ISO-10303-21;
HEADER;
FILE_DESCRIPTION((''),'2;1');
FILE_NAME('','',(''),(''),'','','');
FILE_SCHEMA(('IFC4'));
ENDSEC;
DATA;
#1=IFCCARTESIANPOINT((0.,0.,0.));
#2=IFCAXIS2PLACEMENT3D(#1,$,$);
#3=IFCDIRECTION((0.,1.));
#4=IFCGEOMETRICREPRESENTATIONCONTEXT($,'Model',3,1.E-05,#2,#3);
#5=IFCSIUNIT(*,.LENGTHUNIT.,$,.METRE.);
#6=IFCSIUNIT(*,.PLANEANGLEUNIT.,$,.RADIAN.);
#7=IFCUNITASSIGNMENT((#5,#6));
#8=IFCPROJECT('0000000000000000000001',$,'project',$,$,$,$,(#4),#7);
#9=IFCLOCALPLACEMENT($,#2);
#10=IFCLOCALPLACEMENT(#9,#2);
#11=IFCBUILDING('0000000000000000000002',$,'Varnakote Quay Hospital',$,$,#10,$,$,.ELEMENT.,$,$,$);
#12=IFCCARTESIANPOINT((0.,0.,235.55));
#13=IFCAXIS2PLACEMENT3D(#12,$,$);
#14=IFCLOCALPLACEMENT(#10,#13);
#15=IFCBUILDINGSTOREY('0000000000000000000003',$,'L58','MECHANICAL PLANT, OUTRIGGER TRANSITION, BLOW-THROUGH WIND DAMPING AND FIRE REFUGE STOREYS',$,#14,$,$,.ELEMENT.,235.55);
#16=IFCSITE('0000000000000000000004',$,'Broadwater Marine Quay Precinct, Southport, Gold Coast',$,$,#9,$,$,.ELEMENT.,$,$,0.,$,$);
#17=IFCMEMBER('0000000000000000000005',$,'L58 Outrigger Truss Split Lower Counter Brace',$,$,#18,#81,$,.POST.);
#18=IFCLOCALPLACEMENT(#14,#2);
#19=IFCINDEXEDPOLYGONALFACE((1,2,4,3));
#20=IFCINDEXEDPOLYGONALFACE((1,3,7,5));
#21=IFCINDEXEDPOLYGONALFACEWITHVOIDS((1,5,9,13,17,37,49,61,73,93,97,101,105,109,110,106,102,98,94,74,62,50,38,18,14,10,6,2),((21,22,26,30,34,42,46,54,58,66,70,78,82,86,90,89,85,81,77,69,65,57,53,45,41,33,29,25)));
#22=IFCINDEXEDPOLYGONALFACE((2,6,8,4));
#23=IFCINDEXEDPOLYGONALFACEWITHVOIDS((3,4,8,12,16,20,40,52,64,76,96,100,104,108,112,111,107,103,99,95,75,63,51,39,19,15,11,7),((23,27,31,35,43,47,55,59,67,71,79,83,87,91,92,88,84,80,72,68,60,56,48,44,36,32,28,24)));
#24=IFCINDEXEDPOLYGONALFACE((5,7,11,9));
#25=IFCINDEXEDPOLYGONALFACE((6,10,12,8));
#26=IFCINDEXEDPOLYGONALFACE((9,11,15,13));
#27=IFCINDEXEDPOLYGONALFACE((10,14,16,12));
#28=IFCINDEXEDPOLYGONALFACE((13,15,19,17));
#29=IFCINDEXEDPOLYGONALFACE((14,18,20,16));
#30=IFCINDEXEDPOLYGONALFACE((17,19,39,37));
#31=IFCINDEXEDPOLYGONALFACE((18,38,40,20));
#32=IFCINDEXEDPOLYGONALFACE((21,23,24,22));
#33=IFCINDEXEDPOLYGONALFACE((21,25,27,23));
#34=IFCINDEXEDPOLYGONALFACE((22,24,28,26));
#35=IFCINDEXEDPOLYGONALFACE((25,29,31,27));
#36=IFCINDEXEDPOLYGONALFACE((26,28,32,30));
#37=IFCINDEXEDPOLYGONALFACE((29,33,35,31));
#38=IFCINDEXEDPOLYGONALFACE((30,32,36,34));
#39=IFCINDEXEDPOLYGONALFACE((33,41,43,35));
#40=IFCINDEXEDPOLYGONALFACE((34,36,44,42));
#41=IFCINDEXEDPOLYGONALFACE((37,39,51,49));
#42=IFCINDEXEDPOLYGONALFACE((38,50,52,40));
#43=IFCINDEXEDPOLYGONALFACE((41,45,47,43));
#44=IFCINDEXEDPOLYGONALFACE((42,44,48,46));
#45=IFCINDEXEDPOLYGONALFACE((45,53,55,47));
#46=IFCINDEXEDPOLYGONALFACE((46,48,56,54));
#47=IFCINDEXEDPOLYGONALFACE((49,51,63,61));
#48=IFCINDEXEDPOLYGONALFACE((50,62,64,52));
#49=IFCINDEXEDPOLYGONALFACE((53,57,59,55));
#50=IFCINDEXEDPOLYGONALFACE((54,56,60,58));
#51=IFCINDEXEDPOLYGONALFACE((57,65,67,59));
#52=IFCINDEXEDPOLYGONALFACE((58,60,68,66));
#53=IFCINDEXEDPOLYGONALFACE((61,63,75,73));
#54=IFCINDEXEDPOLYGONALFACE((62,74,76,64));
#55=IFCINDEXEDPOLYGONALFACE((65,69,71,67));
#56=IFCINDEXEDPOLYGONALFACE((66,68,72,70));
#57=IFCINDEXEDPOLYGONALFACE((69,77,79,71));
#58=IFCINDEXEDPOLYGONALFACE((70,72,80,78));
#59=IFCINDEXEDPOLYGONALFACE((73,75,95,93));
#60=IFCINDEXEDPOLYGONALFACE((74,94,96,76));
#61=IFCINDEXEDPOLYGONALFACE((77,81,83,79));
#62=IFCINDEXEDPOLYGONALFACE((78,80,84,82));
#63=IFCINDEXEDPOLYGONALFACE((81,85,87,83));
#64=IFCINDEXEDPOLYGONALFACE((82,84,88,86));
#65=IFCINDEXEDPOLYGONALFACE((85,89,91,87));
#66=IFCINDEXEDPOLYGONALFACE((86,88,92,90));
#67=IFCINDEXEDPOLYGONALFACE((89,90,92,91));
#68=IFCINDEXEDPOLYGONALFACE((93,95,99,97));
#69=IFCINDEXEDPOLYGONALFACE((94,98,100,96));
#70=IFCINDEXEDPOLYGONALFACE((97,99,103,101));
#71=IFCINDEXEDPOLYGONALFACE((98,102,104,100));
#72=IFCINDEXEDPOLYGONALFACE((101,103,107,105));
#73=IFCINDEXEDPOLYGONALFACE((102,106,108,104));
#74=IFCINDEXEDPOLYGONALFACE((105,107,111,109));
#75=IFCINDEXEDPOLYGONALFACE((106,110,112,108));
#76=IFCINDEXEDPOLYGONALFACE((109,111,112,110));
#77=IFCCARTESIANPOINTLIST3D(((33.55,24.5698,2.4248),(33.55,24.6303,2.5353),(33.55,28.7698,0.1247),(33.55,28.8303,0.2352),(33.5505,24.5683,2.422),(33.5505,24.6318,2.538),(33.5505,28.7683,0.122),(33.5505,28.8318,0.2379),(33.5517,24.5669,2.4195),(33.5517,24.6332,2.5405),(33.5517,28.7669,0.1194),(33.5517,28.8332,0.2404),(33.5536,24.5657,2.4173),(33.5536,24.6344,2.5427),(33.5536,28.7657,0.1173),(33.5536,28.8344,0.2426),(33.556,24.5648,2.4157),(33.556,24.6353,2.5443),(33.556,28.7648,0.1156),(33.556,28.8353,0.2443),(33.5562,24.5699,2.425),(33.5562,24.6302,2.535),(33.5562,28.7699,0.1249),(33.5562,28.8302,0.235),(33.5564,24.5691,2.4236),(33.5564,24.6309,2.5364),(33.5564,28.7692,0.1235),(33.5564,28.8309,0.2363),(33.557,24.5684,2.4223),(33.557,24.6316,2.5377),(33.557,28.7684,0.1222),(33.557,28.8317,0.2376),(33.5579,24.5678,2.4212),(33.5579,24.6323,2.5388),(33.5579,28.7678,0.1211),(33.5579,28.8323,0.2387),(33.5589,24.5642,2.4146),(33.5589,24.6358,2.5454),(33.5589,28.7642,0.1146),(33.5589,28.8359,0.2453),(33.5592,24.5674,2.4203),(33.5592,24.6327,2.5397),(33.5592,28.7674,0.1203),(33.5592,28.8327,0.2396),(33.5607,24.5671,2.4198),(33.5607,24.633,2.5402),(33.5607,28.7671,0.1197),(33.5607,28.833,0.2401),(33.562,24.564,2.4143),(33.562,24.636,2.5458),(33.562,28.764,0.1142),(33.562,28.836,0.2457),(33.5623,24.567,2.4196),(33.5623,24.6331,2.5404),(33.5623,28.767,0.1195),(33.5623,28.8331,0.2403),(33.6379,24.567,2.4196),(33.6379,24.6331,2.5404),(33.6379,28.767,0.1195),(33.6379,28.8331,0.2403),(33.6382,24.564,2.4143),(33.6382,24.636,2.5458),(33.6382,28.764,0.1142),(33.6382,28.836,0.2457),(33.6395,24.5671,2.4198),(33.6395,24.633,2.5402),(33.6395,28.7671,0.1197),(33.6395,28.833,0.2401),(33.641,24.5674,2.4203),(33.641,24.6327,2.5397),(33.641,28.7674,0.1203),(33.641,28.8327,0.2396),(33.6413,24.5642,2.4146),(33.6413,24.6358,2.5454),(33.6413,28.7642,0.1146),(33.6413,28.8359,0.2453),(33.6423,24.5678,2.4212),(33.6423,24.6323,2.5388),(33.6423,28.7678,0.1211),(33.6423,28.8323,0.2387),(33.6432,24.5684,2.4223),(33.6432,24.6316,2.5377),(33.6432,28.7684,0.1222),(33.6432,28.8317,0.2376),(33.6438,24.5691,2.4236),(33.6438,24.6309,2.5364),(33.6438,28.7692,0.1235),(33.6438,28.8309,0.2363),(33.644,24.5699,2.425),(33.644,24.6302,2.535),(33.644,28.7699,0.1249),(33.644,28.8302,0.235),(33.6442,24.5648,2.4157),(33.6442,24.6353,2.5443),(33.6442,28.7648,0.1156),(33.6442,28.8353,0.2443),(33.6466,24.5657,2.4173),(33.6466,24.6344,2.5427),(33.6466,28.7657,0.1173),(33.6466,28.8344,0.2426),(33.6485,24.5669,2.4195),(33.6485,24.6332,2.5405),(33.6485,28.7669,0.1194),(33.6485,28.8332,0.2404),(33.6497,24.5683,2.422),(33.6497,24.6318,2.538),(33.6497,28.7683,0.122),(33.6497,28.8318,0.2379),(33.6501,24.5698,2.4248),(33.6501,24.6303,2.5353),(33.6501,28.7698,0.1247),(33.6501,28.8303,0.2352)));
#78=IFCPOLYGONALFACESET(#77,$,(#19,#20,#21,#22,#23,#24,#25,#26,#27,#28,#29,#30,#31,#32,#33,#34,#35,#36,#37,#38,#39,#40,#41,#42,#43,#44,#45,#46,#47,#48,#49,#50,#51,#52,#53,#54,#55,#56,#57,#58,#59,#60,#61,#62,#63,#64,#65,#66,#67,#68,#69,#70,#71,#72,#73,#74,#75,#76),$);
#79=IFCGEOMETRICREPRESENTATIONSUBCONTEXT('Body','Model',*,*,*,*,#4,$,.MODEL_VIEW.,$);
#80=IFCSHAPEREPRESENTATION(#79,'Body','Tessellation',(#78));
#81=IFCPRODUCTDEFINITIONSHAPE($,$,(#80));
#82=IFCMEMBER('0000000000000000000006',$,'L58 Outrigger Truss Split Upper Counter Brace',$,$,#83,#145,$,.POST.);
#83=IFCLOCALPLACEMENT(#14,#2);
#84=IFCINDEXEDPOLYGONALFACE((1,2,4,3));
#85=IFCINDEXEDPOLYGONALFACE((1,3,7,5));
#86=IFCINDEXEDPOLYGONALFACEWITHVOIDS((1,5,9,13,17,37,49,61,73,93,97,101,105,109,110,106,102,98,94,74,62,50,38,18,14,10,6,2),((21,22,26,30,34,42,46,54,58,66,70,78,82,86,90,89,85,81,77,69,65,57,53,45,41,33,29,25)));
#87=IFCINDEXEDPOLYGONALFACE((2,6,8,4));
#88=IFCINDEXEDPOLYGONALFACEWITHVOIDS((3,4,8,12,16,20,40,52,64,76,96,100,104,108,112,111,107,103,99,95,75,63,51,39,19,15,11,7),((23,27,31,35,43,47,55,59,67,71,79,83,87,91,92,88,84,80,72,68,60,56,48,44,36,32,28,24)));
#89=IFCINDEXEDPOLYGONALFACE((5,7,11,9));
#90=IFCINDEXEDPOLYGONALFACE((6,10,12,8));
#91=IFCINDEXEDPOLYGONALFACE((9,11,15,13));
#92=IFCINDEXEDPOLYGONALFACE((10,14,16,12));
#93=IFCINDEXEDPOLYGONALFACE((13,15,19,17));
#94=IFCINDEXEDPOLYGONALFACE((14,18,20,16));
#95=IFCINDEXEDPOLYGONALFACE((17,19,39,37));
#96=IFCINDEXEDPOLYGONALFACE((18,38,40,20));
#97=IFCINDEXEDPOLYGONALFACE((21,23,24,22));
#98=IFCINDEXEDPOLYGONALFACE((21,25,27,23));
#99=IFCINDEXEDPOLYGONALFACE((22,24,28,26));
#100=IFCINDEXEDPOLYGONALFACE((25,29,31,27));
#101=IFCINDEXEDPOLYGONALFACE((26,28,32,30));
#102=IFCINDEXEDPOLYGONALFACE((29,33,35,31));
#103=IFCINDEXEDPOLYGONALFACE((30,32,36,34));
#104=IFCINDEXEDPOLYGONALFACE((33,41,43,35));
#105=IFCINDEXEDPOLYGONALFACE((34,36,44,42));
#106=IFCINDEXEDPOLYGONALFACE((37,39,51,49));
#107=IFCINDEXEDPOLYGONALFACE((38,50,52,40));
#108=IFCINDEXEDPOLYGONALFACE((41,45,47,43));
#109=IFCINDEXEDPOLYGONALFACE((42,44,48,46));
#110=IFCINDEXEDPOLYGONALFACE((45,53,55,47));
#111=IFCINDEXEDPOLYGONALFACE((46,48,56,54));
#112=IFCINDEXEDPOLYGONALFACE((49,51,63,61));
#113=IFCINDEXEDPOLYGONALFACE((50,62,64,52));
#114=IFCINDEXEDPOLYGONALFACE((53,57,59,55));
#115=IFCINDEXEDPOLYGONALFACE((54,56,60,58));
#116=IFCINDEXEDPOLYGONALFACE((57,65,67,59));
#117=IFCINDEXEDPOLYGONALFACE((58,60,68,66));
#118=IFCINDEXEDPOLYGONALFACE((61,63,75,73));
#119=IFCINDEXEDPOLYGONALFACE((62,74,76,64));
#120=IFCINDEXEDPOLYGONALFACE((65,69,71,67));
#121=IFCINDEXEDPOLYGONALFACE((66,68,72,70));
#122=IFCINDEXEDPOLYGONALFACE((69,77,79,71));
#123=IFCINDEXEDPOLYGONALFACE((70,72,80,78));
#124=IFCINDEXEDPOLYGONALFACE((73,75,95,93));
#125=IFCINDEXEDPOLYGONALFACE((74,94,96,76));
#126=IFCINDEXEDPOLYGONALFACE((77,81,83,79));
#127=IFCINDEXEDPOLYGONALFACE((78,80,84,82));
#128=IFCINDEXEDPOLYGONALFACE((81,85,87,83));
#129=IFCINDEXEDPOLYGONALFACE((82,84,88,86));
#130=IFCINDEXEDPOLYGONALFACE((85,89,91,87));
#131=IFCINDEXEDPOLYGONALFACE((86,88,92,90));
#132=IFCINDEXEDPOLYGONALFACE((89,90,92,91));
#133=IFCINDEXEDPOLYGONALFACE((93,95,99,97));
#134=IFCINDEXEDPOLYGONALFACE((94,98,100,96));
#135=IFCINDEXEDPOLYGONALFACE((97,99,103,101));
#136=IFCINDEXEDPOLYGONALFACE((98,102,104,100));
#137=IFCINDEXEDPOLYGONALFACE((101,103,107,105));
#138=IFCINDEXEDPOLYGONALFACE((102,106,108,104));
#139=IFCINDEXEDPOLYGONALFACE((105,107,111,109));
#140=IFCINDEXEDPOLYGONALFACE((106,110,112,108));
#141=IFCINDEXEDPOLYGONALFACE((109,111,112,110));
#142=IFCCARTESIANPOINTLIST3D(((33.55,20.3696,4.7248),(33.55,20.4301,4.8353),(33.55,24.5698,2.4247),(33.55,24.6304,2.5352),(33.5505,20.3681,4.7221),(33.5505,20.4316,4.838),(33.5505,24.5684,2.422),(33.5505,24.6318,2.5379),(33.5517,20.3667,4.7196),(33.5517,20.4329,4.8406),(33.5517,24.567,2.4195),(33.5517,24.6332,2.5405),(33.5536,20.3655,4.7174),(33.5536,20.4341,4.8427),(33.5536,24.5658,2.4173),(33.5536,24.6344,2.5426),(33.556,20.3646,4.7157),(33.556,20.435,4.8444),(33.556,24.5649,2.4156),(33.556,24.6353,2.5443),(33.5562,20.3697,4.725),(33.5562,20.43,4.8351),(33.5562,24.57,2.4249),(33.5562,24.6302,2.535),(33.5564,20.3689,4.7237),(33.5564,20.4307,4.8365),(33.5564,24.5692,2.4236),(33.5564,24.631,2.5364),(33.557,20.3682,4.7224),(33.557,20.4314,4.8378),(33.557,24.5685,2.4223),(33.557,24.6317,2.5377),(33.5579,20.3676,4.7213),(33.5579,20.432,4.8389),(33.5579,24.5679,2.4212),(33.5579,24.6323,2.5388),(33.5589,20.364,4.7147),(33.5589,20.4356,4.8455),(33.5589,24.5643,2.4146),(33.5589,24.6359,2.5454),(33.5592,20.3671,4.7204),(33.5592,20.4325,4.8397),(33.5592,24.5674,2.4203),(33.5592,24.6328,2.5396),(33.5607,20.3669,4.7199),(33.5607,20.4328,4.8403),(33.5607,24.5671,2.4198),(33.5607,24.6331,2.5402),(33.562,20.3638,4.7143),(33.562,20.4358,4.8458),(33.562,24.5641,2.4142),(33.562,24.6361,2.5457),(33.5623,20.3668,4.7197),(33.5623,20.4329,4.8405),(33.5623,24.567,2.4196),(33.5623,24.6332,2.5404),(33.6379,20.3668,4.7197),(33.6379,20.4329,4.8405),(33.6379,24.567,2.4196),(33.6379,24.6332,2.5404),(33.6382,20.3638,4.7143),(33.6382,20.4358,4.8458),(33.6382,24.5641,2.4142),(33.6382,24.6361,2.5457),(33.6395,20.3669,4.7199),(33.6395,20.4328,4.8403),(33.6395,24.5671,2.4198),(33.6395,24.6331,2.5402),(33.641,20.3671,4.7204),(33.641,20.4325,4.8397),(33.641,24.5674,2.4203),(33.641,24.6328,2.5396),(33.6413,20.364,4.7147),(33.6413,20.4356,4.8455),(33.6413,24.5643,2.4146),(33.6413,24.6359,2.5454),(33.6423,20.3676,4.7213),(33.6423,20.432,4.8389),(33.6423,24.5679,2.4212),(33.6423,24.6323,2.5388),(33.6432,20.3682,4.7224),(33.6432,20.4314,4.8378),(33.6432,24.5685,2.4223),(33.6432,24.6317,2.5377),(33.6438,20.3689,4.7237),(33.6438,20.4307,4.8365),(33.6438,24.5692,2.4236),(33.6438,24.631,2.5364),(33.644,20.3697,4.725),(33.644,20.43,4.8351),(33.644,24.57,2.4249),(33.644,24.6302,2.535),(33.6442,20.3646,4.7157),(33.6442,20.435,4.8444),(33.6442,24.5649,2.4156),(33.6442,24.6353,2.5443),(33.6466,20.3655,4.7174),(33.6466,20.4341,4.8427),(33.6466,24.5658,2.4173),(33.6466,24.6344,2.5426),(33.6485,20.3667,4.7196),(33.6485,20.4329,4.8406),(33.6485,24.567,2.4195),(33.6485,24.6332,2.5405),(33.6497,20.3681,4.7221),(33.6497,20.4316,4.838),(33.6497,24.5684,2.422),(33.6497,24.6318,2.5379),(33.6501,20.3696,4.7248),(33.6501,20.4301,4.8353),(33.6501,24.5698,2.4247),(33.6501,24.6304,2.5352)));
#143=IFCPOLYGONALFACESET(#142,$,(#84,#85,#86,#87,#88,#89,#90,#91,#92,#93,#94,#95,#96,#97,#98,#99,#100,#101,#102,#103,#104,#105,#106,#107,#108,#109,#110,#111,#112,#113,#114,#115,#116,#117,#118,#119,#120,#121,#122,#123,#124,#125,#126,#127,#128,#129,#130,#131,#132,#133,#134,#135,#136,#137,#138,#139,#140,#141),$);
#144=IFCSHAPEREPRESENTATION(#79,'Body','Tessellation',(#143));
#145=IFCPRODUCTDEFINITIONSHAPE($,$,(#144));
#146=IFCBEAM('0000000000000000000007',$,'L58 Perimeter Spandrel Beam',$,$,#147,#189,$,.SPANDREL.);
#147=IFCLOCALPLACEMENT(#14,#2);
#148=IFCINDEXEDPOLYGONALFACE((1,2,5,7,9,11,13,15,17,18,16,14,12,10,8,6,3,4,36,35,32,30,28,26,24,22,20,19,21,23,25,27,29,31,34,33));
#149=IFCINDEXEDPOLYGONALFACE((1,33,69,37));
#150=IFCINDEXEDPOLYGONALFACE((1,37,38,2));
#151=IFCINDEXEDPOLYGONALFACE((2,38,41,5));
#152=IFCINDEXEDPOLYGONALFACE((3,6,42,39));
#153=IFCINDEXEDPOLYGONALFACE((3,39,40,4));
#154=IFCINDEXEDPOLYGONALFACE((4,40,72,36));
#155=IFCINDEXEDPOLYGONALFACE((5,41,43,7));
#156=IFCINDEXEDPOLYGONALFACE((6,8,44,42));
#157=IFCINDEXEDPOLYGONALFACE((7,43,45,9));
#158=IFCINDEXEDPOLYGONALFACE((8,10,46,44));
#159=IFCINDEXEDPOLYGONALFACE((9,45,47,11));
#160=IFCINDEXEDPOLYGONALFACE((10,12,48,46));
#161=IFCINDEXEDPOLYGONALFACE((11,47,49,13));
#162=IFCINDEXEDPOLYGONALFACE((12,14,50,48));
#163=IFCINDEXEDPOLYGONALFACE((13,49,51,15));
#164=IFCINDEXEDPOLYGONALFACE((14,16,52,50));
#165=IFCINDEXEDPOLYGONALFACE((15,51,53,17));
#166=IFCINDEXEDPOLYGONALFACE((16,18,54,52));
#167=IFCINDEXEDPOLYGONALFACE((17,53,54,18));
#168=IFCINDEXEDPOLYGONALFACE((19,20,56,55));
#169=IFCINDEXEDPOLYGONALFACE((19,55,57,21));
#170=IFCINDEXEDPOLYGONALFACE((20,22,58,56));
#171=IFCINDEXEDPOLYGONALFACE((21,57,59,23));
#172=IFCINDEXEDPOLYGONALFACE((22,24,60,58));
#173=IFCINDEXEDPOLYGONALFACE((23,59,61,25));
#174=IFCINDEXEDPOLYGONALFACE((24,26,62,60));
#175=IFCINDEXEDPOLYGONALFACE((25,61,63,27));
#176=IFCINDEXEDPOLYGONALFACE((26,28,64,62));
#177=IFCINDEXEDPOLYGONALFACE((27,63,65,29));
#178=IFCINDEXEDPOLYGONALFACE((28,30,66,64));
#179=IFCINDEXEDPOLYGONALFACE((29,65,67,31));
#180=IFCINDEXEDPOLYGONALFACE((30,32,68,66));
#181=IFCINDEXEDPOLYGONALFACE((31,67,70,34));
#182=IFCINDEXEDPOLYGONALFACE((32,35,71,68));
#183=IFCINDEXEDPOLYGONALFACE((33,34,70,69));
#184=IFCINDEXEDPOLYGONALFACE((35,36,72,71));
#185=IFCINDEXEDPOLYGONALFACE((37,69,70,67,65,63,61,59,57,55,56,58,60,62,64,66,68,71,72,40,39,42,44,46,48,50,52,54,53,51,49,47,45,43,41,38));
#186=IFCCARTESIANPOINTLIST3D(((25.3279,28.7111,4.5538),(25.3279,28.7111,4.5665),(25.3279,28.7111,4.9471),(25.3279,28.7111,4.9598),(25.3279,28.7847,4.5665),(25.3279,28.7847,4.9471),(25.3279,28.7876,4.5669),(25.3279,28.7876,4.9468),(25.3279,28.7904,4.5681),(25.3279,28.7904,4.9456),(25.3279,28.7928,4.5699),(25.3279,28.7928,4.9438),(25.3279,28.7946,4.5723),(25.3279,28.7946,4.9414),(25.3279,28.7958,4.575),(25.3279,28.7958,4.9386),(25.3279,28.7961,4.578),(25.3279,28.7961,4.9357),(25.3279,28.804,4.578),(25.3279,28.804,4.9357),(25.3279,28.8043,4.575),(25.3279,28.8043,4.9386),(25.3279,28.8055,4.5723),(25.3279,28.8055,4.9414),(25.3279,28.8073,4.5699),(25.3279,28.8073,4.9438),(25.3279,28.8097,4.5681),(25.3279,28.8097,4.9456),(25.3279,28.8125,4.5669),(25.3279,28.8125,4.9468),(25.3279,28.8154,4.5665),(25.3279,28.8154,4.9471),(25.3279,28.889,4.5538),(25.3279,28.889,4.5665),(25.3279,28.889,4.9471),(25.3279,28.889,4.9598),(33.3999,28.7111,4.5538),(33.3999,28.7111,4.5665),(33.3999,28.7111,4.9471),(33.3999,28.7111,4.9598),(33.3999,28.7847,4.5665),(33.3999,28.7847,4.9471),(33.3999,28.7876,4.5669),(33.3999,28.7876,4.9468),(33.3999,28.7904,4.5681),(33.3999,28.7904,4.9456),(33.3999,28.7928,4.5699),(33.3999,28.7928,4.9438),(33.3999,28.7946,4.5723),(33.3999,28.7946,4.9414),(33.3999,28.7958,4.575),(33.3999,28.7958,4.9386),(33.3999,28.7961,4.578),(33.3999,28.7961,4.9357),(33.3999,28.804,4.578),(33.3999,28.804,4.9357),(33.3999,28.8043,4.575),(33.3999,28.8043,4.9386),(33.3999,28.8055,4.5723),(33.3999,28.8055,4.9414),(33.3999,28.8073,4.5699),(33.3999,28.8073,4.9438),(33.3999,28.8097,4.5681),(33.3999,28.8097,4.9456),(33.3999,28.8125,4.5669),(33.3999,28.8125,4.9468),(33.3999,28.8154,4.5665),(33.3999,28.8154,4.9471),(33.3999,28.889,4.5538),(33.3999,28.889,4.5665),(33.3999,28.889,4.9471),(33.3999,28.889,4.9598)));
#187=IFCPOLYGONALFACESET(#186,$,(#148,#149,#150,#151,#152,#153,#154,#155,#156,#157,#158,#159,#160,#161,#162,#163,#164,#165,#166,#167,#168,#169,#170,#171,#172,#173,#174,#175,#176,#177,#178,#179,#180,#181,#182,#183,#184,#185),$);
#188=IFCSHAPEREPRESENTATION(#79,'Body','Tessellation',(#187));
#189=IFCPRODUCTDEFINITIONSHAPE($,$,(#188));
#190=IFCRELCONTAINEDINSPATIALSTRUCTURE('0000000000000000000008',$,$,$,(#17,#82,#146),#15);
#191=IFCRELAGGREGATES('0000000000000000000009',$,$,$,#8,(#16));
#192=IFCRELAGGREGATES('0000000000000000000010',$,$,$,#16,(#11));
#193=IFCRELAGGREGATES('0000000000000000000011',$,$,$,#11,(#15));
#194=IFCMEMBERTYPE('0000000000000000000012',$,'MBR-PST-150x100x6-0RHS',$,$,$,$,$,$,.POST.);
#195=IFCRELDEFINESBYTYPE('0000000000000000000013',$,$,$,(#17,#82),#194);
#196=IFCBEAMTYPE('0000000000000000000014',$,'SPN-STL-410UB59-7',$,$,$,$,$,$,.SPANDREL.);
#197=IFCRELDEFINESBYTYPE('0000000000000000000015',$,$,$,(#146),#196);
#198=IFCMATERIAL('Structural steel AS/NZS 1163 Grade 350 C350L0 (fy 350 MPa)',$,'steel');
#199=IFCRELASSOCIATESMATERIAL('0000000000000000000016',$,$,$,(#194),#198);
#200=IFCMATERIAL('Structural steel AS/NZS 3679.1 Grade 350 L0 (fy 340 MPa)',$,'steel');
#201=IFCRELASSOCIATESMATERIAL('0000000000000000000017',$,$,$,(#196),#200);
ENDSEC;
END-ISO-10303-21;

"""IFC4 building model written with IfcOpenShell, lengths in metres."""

from ifc_helpers import new_model, si_unit, direction, frame, origin, origin_2d, place, context, subcontext, project, spatial, hollow_rectangle, i_section, extrude, material, material_profile, profile_set, type_object, element, save


model = new_model("IFC4")

# Units and contexts
model_context = context("Model", 3, precision=1e-05, world=origin(), true_north=direction((0.0, 1.0)))
body_context = subcontext(model_context, "Body", "Model", "MODEL_VIEW")
ifc_project = project(units=[si_unit("LENGTHUNIT", "METRE"), si_unit("PLANEANGLEUNIT", "RADIAN")], contexts=[model_context])

# Site, building, storey
site_placement = place(None, origin())
site = spatial("IfcSite", under=ifc_project, at=site_placement, Name="Broadwater Marine Quay Precinct, Southport, Gold Coast", CompositionType="ELEMENT", RefElevation=0.0)
building_placement = place(site_placement, origin())
building = spatial("IfcBuilding", under=site, at=building_placement, Name="Varnakote Quay Hospital", CompositionType="ELEMENT")
storey_placement = place(building_placement, frame((0.0, 0.0, 235.55)))
storey = spatial("IfcBuildingStorey", under=building, at=storey_placement, Name="L58", Description="MECHANICAL PLANT, OUTRIGGER TRANSITION, BLOW-THROUGH WIND DAMPING AND FIRE REFUGE STOREYS", CompositionType="ELEMENT", Elevation=235.55)

# Members
ifc_material_1 = material(Name="Structural steel AS/NZS 1163 Grade 350 C350L0 (fy 350 MPa)", Category="steel")
ifc_material_profile_1 = material_profile(ifc_material_1, hollow_rectangle(XDim=0.1001, YDim=0.1499, WallThickness=0.0061, InnerFilletRadius=0.0061, OuterFilletRadius=0.012, at=origin_2d()), Name="150x100x6.0RHS")
ifc_profile_set_1 = profile_set([ifc_material_profile_1], Name="Structural steel AS/NZS 1163 Grade 350 C350L0 (fy 350 MPa)")
member_type_1 = type_object("IfcMemberType", Name="MBR-PST-150x100x6-0RHS", PredefinedType="POST", material=ifc_profile_set_1)
member_1_placement = place(storey_placement, frame((33.6001, 28.8, 0.1799), z_axis=(0.0, -0.87709, 0.480327), x_axis=(1.0, 0.0, 0.0)))
element("IfcMember", 1, at=member_1_placement, inside=storey, type_object=member_type_1, Name="L58 Outrigger Truss Split Lower Counter Brace", PredefinedType="POST", context=body_context, shape_type="SweptSolid", body=[
    extrude(hollow_rectangle(XDim=0.1001, YDim=0.1499, WallThickness=0.0061, InnerFilletRadius=0.0061, OuterFilletRadius=0.012, at=origin_2d()), origin(), (0.0, 0.0, 1.0), 4.7886),
])
member_2_placement = place(storey_placement, frame((33.6001, 24.6001, 2.48), z_axis=(0.0, -0.877101, 0.480305), x_axis=(1.0, 0.0, 0.0)))
element("IfcMember", 2, at=member_2_placement, inside=storey, type_object=member_type_1, Name="L58 Outrigger Truss Split Upper Counter Brace", PredefinedType="POST", context=body_context, shape_type="SweptSolid", body=[
    extrude(hollow_rectangle(XDim=0.1001, YDim=0.1499, WallThickness=0.0061, InnerFilletRadius=0.0061, OuterFilletRadius=0.012, at=origin_2d()), origin(), (0.0, 0.0, 1.0), 4.7888),
])

# Beam
ifc_material_2 = material(Name="Structural steel AS/NZS 3679.1 Grade 350 L0 (fy 340 MPa)", Category="steel")
ifc_material_profile_2 = material_profile(ifc_material_2, i_section(OverallWidth=0.178, OverallDepth=0.406, WebThickness=0.0078, FlangeThickness=0.0127, FilletRadius=0.0115, at=origin_2d()), Name="410UB59.7")
ifc_profile_set_2 = profile_set([ifc_material_profile_2], Name="Structural steel AS/NZS 3679.1 Grade 350 L0 (fy 340 MPa)")
beam_type_1 = type_object("IfcBeamType", Name="SPN-STL-410UB59-7", PredefinedType="SPANDREL", material=ifc_profile_set_2)
for number, where, z_axis, x_axis, name in (
    (3, (25.3279, 28.8, 4.7568), (1.0, 0.0, 0.0), (0.0, 1.0, 0.0), "L58 Perimeter Spandrel Beam"),
):
    element("IfcBeam", number, at=place(storey_placement, frame(where, z_axis=z_axis, x_axis=x_axis)), inside=storey, type_object=beam_type_1, Name=name, PredefinedType="SPANDREL", context=body_context, shape_type="SweptSolid", body=[
        extrude(i_section(OverallWidth=0.178, OverallDepth=0.406, WebThickness=0.0078, FlangeThickness=0.0127, FilletRadius=0.0115, at=origin_2d()), origin(), (0.0, 0.0, 1.0), 8.072),
    ])

save(model, "model.ifc")
